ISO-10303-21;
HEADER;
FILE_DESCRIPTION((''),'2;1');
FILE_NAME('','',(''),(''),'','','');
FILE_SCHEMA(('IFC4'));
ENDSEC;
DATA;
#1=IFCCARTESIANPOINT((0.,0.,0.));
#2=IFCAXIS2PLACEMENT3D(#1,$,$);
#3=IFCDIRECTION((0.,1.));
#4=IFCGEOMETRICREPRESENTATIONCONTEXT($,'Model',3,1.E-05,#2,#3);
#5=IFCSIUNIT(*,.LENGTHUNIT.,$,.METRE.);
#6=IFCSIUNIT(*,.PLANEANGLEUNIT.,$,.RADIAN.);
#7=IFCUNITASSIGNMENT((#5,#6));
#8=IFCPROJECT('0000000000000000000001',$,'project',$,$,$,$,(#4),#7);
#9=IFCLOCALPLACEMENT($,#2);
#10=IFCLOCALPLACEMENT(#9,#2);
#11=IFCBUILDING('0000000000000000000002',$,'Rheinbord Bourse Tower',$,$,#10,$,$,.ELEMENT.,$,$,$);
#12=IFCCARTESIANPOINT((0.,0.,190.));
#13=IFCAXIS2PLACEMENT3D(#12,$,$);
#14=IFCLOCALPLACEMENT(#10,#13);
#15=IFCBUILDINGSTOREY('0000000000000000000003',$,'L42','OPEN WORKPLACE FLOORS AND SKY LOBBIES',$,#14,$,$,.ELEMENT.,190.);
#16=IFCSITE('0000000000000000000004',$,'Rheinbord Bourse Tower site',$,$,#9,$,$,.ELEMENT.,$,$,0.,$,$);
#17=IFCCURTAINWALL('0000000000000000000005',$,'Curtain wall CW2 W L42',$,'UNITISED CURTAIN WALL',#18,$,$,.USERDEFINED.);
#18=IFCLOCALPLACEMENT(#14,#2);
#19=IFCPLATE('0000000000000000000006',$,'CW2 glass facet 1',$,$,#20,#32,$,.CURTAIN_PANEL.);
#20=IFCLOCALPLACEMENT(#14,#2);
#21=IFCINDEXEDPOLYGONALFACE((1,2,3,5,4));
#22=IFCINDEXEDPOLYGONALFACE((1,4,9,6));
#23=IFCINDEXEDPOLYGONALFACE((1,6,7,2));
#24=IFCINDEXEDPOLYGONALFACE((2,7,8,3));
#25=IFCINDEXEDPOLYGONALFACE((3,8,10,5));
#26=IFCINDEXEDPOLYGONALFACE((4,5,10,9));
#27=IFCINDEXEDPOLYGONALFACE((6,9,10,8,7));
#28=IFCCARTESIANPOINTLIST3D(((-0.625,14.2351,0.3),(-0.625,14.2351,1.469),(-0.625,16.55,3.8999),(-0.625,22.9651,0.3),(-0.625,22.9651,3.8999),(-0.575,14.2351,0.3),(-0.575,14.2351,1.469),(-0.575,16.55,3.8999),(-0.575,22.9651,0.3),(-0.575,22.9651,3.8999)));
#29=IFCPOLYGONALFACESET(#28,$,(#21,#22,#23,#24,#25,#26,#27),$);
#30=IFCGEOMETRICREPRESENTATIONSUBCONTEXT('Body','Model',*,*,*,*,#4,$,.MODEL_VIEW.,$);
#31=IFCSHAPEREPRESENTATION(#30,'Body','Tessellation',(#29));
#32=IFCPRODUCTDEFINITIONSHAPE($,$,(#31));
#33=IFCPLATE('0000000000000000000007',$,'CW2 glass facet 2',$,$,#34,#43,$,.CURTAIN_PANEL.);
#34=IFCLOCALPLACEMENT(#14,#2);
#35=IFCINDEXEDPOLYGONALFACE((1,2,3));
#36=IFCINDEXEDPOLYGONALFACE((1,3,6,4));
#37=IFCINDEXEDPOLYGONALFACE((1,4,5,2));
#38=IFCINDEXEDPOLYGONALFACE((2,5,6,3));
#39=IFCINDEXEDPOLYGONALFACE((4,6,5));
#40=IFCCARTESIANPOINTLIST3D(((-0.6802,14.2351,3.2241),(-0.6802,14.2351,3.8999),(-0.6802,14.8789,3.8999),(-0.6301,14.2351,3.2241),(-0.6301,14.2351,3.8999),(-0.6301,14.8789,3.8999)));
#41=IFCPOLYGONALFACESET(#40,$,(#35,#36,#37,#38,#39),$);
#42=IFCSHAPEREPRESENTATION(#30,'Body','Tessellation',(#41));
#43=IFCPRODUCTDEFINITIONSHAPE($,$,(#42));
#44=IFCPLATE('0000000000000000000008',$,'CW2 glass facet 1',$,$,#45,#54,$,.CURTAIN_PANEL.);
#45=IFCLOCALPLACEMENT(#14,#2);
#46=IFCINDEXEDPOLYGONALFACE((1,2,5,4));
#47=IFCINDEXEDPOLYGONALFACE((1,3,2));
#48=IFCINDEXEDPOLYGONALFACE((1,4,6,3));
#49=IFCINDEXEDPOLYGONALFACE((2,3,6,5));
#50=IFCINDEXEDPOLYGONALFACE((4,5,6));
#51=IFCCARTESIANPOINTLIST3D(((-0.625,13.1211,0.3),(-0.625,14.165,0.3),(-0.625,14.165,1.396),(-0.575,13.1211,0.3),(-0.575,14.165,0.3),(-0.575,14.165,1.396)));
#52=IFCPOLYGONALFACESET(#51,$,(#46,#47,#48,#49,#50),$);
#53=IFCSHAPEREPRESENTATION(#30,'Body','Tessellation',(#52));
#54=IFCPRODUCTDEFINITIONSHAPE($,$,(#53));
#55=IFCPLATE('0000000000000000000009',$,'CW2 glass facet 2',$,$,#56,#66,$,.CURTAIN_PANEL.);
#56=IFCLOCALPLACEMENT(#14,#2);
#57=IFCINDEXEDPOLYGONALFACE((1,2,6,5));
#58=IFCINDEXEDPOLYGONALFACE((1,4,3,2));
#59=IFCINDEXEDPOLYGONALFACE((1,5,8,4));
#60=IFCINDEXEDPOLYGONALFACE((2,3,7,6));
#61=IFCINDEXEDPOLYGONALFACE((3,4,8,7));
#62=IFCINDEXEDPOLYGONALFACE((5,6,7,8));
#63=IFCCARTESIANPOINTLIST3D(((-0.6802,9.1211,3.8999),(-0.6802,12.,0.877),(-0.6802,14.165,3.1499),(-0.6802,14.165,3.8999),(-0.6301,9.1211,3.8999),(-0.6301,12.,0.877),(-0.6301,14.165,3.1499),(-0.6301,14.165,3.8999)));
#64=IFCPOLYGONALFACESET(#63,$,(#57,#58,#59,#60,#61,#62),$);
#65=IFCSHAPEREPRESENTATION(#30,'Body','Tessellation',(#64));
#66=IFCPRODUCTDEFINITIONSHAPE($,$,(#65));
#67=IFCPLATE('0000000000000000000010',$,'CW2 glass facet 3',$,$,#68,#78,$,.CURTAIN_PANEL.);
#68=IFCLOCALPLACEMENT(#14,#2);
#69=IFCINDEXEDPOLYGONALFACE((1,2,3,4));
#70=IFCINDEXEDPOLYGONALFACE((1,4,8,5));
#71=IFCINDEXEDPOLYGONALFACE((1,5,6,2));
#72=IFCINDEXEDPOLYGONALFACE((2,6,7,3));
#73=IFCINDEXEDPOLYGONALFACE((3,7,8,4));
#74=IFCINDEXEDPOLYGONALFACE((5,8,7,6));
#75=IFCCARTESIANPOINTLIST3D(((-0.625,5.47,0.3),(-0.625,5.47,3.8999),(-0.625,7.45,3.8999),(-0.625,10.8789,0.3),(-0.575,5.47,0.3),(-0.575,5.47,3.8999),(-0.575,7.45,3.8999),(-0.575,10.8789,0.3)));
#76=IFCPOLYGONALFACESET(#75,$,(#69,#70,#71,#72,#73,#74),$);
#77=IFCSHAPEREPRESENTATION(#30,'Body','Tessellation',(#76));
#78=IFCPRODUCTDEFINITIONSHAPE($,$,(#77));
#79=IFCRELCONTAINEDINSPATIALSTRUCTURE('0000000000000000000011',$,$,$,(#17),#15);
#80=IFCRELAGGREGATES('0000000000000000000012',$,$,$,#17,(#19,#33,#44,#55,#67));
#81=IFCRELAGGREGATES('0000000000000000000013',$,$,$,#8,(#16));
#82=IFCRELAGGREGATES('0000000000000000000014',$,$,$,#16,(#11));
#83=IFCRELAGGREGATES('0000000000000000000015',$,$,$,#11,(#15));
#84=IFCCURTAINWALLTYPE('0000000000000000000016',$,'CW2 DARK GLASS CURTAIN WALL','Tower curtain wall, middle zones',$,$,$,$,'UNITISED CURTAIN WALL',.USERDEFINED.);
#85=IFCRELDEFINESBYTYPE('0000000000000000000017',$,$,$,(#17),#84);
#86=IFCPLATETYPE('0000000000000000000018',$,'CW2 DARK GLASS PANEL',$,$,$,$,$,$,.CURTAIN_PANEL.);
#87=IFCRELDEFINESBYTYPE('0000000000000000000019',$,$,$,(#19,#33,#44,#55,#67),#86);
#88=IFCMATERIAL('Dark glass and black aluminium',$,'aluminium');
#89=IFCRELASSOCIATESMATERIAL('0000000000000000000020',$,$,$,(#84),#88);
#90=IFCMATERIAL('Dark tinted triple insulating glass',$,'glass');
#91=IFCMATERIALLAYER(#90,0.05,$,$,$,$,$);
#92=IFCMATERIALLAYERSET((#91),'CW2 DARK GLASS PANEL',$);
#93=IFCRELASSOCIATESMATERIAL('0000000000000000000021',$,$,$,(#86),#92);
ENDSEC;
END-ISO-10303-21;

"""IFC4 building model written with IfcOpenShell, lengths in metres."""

from ifc_helpers import new_model, si_unit, direction, frame, origin, place, context, subcontext, project, spatial, polyline, outline, extrude, material, layer, layer_set, type_object, element, aggregate, save


model = new_model("IFC4")

# Units and contexts
model_context = context("Model", 3, precision=1e-05, world=origin(), true_north=direction((0.0, 1.0)))
body_context = subcontext(model_context, "Body", "Model", "MODEL_VIEW")
ifc_project = project(units=[si_unit("LENGTHUNIT", "METRE"), si_unit("PLANEANGLEUNIT", "RADIAN")], contexts=[model_context])

# Site, building, storey
site_placement = place(None, origin())
site = spatial("IfcSite", under=ifc_project, at=site_placement, Name="Rheinbord Bourse Tower site", CompositionType="ELEMENT", RefElevation=0.0)
building_placement = place(site_placement, origin())
building = spatial("IfcBuilding", under=site, at=building_placement, Name="Rheinbord Bourse Tower", CompositionType="ELEMENT")
storey_placement = place(building_placement, frame((0.0, 0.0, 190.0)))
storey = spatial("IfcBuildingStorey", under=building, at=storey_placement, Name="L42", Description="OPEN WORKPLACE FLOORS AND SKY LOBBIES", CompositionType="ELEMENT", Elevation=190.0)

# Curtain wall
ifc_material_1 = material(Name="Dark glass and black aluminium", Category="aluminium")
curtain_wall_type = type_object("IfcCurtainWallType", Name="CW2 DARK GLASS CURTAIN WALL", Description="Tower curtain wall, middle zones", ElementType="UNITISED CURTAIN WALL", PredefinedType="USERDEFINED", material=ifc_material_1)
curtain_wall_placement = place(storey_placement, origin())
curtain_wall = element("IfcCurtainWall", 1, at=curtain_wall_placement, inside=storey, type_object=curtain_wall_type, Name="Curtain wall CW2 W L42", ObjectType="UNITISED CURTAIN WALL", PredefinedType="USERDEFINED")

# Plates
ifc_material_2 = material(Name="Dark tinted triple insulating glass", Category="glass")
ifc_layer = layer(ifc_material_2, 0.05)
ifc_layer_set = layer_set([ifc_layer], Name="CW2 DARK GLASS PANEL")
plate_type = type_object("IfcPlateType", Name="CW2 DARK GLASS PANEL", PredefinedType="CURTAIN_PANEL", material=ifc_layer_set)
plate_1_placement = place(storey_placement, frame((-0.625, 14.2351, 0.3), z_axis=(1.0, 0.0, 0.0), x_axis=(0.0, 1.0, 0.0)))
plate_1 = element("IfcPlate", 2, at=plate_1_placement, type_object=plate_type, Name="CW2 glass facet 1", PredefinedType="CURTAIN_PANEL", context=body_context, shape_type="SweptSolid", body=[
    extrude(outline(polyline([(0.0, 0.0), (8.73, 0.0), (8.73, 3.5999), (2.3149, 3.5999), (0.0, 1.1689), (0.0, 0.0)])), origin(), (0.0, 0.0, 1.0), 0.05),
])
plate_2_placement = place(storey_placement, frame((-0.6802, 14.2351, 3.8999), z_axis=(1.0, 0.0, 0.0), x_axis=(0.0, 0.0, -1.0)))
plate_2 = element("IfcPlate", 3, at=plate_2_placement, type_object=plate_type, Name="CW2 glass facet 2", PredefinedType="CURTAIN_PANEL", context=body_context, shape_type="SweptSolid", body=[
    extrude(outline(polyline([(0.0, 0.0), (0.6758, 0.0), (0.0, 0.6438), (0.0, 0.0)])), origin(), (0.0, 0.0, 1.0), 0.05),
])
plate_3_placement = place(storey_placement, frame((-0.625, 14.165, 0.3), z_axis=(1.0, 0.0, 0.0), x_axis=(0.0, 0.0, 1.0)))
plate_3 = element("IfcPlate", 4, at=plate_3_placement, type_object=plate_type, Name="CW2 glass facet 1", PredefinedType="CURTAIN_PANEL", context=body_context, shape_type="SweptSolid", body=[
    extrude(outline(polyline([(0.0, 0.0), (1.0959, 0.0), (0.0, 1.0439), (0.0, 0.0)])), origin(), (0.0, 0.0, 1.0), 0.05),
])
plate_4_placement = place(storey_placement, frame((-0.6802, 14.165, 3.8999), z_axis=(1.0, 0.0, 0.0), x_axis=(0.0, -1.0, 0.0)))
plate_4 = element("IfcPlate", 5, at=plate_4_placement, type_object=plate_type, Name="CW2 glass facet 2", PredefinedType="CURTAIN_PANEL", context=body_context, shape_type="SweptSolid", body=[
    extrude(outline(polyline([(0.0, 0.0), (5.0439, 0.0), (2.165, 3.0229), (0.0, 0.75), (0.0, 0.0)])), origin(), (0.0, 0.0, 1.0), 0.05),
])
plate_5_placement = place(storey_placement, frame((-0.625, 5.47, 3.8999), z_axis=(1.0, 0.0, 0.0), x_axis=(0.0, 0.0, -1.0)))
plate_5 = element("IfcPlate", 6, at=plate_5_placement, type_object=plate_type, Name="CW2 glass facet 3", PredefinedType="CURTAIN_PANEL", context=body_context, shape_type="SweptSolid", body=[
    extrude(outline(polyline([(0.0, 0.0), (3.5999, 0.0), (3.5999, 5.4089), (0.0, 1.98), (0.0, 0.0)])), origin(), (0.0, 0.0, 1.0), 0.05),
])
aggregate(curtain_wall, [plate_1, plate_2, plate_3, plate_4, plate_5])

save(model, "model.ifc")
